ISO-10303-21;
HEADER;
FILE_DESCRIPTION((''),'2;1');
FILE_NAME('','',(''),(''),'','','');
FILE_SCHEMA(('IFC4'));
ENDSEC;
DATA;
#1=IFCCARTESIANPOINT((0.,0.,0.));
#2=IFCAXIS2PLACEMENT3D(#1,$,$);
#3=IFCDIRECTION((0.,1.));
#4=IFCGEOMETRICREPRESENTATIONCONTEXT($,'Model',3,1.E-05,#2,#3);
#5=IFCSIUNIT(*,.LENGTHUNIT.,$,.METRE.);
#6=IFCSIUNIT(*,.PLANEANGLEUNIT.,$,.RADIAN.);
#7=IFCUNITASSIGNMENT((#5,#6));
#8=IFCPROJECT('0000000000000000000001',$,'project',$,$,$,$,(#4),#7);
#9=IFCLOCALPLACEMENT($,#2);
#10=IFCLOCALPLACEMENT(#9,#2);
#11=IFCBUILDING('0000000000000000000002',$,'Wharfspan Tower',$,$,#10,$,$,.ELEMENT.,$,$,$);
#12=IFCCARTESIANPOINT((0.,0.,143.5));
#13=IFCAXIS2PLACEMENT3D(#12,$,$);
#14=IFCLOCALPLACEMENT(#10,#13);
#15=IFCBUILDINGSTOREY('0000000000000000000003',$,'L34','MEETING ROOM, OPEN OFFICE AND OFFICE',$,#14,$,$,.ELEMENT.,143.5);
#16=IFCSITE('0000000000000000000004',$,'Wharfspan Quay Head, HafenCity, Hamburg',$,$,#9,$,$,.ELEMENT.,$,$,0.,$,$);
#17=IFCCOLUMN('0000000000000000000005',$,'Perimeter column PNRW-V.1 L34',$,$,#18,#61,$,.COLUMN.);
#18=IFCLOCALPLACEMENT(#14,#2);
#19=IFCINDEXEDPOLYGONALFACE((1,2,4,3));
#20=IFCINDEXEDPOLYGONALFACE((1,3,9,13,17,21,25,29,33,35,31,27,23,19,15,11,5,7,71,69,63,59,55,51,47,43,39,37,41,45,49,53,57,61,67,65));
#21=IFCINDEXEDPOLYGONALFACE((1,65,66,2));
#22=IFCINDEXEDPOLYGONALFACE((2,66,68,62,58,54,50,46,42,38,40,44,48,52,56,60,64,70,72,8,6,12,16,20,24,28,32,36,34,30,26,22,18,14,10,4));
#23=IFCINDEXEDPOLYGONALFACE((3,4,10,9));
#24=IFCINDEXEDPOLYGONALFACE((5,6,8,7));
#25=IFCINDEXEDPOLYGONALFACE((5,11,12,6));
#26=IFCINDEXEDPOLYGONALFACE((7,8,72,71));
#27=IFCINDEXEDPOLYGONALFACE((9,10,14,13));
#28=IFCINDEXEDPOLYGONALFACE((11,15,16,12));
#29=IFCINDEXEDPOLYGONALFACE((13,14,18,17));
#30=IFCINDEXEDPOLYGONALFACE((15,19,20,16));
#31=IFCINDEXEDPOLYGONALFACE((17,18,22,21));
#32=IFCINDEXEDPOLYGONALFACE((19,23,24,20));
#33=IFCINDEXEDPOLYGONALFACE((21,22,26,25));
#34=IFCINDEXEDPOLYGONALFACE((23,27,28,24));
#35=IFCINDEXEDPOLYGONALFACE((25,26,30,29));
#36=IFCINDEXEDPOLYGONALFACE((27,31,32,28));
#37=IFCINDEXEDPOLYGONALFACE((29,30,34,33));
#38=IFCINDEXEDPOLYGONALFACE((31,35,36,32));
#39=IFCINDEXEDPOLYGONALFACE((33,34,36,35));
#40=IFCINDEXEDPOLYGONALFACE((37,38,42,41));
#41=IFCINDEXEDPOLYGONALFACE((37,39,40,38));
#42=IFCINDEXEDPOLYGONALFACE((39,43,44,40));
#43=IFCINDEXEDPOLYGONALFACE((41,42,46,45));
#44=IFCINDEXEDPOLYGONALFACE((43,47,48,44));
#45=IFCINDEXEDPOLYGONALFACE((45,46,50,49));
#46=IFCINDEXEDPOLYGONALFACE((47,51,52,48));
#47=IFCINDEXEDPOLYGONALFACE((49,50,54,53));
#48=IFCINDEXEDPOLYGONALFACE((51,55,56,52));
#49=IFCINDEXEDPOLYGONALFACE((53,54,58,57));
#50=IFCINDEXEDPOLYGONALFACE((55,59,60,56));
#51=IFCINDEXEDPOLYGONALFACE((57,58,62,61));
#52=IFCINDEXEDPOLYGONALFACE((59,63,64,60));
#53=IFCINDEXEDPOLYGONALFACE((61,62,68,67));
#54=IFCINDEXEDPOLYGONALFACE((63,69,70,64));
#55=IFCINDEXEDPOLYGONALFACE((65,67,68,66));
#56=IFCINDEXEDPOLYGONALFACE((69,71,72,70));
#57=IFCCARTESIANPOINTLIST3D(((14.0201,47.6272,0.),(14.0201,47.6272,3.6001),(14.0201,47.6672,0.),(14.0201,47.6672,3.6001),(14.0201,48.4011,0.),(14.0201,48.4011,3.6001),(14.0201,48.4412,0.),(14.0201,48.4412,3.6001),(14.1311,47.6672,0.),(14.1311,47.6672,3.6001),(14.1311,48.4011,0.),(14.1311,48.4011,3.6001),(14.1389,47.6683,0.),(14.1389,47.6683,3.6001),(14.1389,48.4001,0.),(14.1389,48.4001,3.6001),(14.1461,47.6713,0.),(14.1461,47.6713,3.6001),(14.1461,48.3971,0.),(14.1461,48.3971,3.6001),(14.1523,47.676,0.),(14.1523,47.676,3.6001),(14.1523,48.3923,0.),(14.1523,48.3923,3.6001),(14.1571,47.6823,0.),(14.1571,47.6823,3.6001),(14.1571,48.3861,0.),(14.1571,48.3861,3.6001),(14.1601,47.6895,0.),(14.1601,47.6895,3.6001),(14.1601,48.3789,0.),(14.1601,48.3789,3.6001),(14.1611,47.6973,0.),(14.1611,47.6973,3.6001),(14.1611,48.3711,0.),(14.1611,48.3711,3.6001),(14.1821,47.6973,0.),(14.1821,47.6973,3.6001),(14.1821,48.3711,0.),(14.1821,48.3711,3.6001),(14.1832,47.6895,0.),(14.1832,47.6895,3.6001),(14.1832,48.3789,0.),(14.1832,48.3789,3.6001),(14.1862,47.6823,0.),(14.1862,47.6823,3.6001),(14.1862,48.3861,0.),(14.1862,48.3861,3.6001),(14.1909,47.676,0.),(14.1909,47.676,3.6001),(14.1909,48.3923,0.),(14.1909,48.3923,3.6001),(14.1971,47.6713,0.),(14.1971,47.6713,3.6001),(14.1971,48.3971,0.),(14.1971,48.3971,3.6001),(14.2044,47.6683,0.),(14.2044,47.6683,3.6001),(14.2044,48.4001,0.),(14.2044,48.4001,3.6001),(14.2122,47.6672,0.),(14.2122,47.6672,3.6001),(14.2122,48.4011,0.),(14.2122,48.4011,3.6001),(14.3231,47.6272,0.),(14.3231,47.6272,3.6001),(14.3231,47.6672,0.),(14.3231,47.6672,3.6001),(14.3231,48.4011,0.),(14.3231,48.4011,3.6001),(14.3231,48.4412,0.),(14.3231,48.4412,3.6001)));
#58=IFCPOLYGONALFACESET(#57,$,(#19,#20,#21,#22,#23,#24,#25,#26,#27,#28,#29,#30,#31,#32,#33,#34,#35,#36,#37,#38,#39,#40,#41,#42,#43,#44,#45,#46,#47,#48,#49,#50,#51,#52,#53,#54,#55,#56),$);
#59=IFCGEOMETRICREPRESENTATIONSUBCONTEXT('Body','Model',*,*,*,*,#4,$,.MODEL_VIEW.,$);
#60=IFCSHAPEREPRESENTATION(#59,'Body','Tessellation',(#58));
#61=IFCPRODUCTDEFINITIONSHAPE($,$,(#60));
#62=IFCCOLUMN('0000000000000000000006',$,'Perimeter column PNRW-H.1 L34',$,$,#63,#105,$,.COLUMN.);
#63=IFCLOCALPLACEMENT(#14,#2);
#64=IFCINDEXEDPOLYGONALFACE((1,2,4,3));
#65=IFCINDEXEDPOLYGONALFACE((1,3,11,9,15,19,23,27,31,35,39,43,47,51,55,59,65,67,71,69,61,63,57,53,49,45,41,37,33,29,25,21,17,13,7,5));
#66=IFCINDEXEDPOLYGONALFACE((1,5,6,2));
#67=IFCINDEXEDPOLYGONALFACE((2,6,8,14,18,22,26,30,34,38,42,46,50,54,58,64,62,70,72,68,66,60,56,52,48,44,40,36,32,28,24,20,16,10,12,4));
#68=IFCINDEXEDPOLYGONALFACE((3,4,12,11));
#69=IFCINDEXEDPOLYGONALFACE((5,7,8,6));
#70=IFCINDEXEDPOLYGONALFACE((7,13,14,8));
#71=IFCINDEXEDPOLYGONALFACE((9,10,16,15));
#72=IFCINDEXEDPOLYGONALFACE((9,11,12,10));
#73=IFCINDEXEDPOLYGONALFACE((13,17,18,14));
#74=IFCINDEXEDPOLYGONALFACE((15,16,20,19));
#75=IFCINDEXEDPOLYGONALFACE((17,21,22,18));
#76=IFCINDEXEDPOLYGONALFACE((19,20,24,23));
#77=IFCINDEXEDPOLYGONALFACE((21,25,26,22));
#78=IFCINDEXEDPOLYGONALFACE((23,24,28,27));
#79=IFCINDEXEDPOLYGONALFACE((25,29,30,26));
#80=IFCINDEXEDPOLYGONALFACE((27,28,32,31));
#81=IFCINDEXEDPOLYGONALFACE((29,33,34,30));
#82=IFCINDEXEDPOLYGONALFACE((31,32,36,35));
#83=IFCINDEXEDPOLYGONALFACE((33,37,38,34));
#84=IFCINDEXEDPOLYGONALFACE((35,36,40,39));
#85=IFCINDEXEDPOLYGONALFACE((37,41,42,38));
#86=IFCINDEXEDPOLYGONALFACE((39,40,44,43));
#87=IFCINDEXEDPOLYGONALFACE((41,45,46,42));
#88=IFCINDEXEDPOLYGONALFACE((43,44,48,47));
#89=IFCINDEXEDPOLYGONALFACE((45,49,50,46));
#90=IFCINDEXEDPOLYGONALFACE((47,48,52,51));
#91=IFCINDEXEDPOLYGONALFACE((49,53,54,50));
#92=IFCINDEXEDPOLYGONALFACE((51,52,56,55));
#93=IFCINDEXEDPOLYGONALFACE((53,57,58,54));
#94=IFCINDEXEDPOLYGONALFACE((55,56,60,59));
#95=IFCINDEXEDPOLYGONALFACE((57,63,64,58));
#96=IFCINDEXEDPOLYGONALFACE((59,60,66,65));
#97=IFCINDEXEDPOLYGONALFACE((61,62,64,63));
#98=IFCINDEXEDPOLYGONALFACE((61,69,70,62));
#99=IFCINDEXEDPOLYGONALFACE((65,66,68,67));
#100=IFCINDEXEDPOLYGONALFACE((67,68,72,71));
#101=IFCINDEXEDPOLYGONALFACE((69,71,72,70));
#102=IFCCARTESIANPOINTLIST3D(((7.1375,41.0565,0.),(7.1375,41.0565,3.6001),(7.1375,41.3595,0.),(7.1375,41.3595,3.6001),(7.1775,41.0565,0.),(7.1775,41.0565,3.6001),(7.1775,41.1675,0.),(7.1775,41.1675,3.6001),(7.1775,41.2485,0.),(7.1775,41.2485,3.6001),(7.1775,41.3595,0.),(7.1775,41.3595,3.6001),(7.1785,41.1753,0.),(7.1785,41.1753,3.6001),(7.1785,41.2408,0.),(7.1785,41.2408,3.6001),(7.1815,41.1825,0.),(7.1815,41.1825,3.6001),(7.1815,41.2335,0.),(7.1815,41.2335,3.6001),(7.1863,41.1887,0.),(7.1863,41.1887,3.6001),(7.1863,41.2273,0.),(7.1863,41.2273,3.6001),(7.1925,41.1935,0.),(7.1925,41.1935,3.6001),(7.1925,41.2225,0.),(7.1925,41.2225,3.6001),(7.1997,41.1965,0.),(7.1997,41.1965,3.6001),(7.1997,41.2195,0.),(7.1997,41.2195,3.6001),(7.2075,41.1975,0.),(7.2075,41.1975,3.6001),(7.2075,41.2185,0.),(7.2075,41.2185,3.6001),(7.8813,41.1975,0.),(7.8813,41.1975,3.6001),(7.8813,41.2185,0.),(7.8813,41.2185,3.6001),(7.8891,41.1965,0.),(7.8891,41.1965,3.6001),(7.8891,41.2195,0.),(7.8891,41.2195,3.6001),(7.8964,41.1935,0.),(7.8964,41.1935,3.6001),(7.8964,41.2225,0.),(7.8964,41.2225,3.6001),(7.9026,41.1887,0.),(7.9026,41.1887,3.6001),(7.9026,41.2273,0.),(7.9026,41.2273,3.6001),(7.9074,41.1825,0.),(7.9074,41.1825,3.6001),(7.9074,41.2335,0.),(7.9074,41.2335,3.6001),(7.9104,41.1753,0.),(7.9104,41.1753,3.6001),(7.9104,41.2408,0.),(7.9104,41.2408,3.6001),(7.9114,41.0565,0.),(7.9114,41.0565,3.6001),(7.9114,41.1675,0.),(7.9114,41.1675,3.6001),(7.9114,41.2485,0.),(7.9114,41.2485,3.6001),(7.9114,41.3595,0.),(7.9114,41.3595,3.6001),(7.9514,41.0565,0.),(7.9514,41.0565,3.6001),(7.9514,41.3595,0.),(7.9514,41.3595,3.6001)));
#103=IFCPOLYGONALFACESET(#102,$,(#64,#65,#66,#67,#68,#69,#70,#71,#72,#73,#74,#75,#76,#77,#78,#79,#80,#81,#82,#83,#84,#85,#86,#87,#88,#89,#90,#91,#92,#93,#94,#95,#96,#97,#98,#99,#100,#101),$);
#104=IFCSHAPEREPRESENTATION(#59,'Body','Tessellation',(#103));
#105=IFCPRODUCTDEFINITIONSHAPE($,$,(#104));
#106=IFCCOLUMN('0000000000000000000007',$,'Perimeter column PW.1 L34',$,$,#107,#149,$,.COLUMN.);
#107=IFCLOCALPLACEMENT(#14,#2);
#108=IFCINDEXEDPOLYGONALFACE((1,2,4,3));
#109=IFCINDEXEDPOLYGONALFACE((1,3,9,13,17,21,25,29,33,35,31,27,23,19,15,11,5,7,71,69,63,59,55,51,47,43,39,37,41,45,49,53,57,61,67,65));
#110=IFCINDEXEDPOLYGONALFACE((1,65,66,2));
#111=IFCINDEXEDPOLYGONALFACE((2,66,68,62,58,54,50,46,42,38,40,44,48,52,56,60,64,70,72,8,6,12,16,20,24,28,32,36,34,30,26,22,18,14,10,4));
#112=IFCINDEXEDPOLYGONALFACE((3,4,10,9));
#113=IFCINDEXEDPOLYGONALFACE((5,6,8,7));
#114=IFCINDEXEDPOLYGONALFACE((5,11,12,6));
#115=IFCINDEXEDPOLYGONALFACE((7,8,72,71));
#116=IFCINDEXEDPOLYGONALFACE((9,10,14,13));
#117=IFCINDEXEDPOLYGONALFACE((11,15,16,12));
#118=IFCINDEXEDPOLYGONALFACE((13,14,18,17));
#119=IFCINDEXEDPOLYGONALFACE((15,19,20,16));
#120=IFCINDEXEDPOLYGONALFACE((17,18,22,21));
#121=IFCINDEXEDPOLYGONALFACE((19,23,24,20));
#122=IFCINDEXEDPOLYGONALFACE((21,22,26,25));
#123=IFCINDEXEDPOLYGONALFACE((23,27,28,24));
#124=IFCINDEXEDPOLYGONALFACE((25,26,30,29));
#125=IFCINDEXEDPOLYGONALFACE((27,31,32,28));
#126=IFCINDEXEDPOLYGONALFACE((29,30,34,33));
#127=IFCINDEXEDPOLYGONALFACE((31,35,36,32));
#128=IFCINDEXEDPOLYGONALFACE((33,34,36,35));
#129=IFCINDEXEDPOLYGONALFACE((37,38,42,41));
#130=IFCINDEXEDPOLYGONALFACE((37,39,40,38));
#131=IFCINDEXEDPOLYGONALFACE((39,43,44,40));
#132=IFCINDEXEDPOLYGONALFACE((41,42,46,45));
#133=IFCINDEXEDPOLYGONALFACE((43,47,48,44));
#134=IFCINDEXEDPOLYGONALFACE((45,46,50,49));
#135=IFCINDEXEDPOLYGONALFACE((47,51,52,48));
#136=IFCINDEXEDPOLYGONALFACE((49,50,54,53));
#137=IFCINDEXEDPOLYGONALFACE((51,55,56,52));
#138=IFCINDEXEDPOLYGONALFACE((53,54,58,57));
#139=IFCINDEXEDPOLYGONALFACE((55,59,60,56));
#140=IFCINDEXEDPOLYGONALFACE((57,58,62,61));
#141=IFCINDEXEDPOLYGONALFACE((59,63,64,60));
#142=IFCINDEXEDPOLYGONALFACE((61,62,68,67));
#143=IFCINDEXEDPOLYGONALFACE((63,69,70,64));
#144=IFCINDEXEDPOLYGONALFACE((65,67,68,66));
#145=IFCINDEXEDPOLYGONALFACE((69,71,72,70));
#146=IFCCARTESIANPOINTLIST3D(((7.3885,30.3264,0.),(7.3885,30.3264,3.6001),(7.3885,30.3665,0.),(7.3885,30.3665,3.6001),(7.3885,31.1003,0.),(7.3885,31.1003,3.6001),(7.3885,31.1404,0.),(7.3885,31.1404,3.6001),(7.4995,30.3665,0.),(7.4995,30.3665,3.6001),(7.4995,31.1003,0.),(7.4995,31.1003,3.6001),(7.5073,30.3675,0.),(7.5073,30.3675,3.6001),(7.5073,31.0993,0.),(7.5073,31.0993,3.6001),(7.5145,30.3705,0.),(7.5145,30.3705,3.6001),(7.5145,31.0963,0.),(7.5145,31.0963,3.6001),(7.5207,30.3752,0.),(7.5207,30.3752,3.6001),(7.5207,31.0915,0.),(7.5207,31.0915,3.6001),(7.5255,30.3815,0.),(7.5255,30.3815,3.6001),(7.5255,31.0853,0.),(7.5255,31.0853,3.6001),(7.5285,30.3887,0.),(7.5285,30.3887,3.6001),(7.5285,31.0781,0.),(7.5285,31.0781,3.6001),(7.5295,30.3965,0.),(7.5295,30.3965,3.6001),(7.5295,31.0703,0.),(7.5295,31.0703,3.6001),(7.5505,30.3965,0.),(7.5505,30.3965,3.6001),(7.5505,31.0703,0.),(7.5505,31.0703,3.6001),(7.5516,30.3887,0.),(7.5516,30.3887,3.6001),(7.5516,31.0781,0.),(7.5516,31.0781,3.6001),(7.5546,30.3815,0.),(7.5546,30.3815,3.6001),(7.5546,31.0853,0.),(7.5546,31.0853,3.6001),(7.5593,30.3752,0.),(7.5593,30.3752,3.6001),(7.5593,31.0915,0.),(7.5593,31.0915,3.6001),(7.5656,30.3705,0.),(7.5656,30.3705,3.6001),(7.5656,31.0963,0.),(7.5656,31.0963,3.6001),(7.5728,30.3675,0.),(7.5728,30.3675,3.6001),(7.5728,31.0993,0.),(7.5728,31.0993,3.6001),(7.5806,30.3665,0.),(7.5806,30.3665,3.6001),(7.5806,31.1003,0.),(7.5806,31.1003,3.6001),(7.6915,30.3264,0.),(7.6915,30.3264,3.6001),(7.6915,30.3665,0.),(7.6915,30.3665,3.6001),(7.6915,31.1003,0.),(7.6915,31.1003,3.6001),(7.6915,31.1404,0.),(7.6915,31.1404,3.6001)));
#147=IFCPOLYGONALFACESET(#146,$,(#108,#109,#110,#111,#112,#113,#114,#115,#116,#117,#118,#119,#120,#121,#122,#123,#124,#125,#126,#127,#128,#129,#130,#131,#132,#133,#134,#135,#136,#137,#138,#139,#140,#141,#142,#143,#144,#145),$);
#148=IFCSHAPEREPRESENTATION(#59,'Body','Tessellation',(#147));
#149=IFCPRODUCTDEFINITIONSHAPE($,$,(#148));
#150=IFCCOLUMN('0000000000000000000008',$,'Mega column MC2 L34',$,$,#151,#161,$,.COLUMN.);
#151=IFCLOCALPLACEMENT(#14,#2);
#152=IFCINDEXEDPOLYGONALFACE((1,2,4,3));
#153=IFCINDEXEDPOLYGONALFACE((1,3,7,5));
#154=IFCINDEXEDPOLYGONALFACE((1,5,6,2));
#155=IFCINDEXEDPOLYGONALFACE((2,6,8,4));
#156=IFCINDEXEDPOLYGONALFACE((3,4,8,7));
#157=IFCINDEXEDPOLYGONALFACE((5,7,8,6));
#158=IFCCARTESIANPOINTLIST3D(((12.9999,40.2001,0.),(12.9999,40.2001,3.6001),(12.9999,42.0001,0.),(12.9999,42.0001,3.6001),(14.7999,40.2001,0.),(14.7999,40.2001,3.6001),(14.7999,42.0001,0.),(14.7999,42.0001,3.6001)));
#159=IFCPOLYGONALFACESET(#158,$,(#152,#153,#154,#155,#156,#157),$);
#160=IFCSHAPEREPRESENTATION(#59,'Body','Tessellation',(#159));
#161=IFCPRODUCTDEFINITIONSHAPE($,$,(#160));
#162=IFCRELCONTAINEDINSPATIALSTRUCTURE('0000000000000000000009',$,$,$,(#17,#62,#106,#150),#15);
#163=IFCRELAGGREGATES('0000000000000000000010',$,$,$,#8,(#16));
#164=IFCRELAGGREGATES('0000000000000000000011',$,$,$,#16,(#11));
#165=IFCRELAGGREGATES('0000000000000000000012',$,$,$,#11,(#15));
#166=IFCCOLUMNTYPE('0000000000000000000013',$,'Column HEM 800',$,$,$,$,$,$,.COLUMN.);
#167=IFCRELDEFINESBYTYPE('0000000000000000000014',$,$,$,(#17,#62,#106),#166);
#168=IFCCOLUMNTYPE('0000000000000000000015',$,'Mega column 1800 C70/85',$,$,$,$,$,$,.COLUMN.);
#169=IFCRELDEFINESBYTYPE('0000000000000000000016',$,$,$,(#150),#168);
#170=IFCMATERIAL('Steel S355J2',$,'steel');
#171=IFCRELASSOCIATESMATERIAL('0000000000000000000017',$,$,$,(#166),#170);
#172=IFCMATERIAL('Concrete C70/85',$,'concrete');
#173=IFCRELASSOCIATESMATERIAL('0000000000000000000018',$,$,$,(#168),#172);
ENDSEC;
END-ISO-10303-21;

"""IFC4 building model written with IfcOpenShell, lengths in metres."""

from ifc_helpers import new_model, si_unit, direction, frame, origin, origin_2d, place, context, subcontext, project, spatial, rectangle, i_section, extrude, material, material_profile, profile_set, type_object, element, save


model = new_model("IFC4")

# Units and contexts
model_context = context("Model", 3, precision=1e-05, world=origin(), true_north=direction((0.0, 1.0)))
body_context = subcontext(model_context, "Body", "Model", "MODEL_VIEW")
ifc_project = project(units=[si_unit("LENGTHUNIT", "METRE"), si_unit("PLANEANGLEUNIT", "RADIAN")], contexts=[model_context])

# Site, building, storey
site_placement = place(None, origin())
site = spatial("IfcSite", under=ifc_project, at=site_placement, Name="Wharfspan Quay Head, HafenCity, Hamburg", CompositionType="ELEMENT", RefElevation=0.0)
building_placement = place(site_placement, origin())
building = spatial("IfcBuilding", under=site, at=building_placement, Name="Wharfspan Tower", CompositionType="ELEMENT")
storey_placement = place(building_placement, frame((0.0, 0.0, 143.5)))
storey = spatial("IfcBuildingStorey", under=building, at=storey_placement, Name="L34", Description="MEETING ROOM, OPEN OFFICE AND OFFICE", CompositionType="ELEMENT", Elevation=143.5)

# Columns
ifc_material_1 = material(Name="Steel S355J2", Category="steel")
ifc_material_profile_1 = material_profile(ifc_material_1, i_section(OverallWidth=0.303, OverallDepth=0.814, WebThickness=0.021, FlangeThickness=0.04, FilletRadius=0.03, at=origin_2d()))
ifc_profile_set_1 = profile_set([ifc_material_profile_1], Name="Steel S355J2")
column_type_1 = type_object("IfcColumnType", Name="Column HEM 800", PredefinedType="COLUMN", material=ifc_profile_set_1)
for number, where, z_axis, x_axis, name in (
    (1, (14.1716, 48.0342, 0.0), (0.0, 0.0, 1.0), (-1.0, 0.0, 0.0), "Perimeter column PNRW-V.1 L34"),
    (2, (7.5444, 41.208, 0.0), (0.0, 0.0, 1.0), (0.0, 1.0, 0.0), "Perimeter column PNRW-H.1 L34"),
    (3, (7.54, 30.7334, 0.0), (0.0, 0.0, 1.0), (-1.0, 0.0, 0.0), "Perimeter column PW.1 L34"),
):
    element("IfcColumn", number, at=place(storey_placement, frame(where, z_axis=z_axis, x_axis=x_axis)), inside=storey, type_object=column_type_1, Name=name, PredefinedType="COLUMN", context=body_context, shape_type="SweptSolid", body=[
        extrude(i_section(OverallWidth=0.303, OverallDepth=0.814, WebThickness=0.021, FlangeThickness=0.04, FilletRadius=0.03, at=origin_2d()), origin(), (0.0, 0.0, 1.0), 3.6001),
    ])
ifc_material_2 = material(Name="Concrete C70/85", Category="concrete")
ifc_material_profile_2 = material_profile(ifc_material_2, rectangle(XDim=1.8, YDim=1.8, at=origin_2d()))
ifc_profile_set_2 = profile_set([ifc_material_profile_2], Name="Concrete C70/85")
column_type_2 = type_object("IfcColumnType", Name="Mega column 1800 C70/85", PredefinedType="COLUMN", material=ifc_profile_set_2)
column_placement = place(storey_placement, frame((13.8999, 41.1001, 0.0), z_axis=(0.0, 0.0, 1.0), x_axis=(1.0, 0.0, 0.0)))
element("IfcColumn", 4, at=column_placement, inside=storey, type_object=column_type_2, Name="Mega column MC2 L34", PredefinedType="COLUMN", context=body_context, shape_type="SweptSolid", body=[
    extrude(rectangle(XDim=1.8, YDim=1.8, at=origin_2d()), origin(), (0.0, 0.0, 1.0), 3.6001),
])

save(model, "model.ifc")
